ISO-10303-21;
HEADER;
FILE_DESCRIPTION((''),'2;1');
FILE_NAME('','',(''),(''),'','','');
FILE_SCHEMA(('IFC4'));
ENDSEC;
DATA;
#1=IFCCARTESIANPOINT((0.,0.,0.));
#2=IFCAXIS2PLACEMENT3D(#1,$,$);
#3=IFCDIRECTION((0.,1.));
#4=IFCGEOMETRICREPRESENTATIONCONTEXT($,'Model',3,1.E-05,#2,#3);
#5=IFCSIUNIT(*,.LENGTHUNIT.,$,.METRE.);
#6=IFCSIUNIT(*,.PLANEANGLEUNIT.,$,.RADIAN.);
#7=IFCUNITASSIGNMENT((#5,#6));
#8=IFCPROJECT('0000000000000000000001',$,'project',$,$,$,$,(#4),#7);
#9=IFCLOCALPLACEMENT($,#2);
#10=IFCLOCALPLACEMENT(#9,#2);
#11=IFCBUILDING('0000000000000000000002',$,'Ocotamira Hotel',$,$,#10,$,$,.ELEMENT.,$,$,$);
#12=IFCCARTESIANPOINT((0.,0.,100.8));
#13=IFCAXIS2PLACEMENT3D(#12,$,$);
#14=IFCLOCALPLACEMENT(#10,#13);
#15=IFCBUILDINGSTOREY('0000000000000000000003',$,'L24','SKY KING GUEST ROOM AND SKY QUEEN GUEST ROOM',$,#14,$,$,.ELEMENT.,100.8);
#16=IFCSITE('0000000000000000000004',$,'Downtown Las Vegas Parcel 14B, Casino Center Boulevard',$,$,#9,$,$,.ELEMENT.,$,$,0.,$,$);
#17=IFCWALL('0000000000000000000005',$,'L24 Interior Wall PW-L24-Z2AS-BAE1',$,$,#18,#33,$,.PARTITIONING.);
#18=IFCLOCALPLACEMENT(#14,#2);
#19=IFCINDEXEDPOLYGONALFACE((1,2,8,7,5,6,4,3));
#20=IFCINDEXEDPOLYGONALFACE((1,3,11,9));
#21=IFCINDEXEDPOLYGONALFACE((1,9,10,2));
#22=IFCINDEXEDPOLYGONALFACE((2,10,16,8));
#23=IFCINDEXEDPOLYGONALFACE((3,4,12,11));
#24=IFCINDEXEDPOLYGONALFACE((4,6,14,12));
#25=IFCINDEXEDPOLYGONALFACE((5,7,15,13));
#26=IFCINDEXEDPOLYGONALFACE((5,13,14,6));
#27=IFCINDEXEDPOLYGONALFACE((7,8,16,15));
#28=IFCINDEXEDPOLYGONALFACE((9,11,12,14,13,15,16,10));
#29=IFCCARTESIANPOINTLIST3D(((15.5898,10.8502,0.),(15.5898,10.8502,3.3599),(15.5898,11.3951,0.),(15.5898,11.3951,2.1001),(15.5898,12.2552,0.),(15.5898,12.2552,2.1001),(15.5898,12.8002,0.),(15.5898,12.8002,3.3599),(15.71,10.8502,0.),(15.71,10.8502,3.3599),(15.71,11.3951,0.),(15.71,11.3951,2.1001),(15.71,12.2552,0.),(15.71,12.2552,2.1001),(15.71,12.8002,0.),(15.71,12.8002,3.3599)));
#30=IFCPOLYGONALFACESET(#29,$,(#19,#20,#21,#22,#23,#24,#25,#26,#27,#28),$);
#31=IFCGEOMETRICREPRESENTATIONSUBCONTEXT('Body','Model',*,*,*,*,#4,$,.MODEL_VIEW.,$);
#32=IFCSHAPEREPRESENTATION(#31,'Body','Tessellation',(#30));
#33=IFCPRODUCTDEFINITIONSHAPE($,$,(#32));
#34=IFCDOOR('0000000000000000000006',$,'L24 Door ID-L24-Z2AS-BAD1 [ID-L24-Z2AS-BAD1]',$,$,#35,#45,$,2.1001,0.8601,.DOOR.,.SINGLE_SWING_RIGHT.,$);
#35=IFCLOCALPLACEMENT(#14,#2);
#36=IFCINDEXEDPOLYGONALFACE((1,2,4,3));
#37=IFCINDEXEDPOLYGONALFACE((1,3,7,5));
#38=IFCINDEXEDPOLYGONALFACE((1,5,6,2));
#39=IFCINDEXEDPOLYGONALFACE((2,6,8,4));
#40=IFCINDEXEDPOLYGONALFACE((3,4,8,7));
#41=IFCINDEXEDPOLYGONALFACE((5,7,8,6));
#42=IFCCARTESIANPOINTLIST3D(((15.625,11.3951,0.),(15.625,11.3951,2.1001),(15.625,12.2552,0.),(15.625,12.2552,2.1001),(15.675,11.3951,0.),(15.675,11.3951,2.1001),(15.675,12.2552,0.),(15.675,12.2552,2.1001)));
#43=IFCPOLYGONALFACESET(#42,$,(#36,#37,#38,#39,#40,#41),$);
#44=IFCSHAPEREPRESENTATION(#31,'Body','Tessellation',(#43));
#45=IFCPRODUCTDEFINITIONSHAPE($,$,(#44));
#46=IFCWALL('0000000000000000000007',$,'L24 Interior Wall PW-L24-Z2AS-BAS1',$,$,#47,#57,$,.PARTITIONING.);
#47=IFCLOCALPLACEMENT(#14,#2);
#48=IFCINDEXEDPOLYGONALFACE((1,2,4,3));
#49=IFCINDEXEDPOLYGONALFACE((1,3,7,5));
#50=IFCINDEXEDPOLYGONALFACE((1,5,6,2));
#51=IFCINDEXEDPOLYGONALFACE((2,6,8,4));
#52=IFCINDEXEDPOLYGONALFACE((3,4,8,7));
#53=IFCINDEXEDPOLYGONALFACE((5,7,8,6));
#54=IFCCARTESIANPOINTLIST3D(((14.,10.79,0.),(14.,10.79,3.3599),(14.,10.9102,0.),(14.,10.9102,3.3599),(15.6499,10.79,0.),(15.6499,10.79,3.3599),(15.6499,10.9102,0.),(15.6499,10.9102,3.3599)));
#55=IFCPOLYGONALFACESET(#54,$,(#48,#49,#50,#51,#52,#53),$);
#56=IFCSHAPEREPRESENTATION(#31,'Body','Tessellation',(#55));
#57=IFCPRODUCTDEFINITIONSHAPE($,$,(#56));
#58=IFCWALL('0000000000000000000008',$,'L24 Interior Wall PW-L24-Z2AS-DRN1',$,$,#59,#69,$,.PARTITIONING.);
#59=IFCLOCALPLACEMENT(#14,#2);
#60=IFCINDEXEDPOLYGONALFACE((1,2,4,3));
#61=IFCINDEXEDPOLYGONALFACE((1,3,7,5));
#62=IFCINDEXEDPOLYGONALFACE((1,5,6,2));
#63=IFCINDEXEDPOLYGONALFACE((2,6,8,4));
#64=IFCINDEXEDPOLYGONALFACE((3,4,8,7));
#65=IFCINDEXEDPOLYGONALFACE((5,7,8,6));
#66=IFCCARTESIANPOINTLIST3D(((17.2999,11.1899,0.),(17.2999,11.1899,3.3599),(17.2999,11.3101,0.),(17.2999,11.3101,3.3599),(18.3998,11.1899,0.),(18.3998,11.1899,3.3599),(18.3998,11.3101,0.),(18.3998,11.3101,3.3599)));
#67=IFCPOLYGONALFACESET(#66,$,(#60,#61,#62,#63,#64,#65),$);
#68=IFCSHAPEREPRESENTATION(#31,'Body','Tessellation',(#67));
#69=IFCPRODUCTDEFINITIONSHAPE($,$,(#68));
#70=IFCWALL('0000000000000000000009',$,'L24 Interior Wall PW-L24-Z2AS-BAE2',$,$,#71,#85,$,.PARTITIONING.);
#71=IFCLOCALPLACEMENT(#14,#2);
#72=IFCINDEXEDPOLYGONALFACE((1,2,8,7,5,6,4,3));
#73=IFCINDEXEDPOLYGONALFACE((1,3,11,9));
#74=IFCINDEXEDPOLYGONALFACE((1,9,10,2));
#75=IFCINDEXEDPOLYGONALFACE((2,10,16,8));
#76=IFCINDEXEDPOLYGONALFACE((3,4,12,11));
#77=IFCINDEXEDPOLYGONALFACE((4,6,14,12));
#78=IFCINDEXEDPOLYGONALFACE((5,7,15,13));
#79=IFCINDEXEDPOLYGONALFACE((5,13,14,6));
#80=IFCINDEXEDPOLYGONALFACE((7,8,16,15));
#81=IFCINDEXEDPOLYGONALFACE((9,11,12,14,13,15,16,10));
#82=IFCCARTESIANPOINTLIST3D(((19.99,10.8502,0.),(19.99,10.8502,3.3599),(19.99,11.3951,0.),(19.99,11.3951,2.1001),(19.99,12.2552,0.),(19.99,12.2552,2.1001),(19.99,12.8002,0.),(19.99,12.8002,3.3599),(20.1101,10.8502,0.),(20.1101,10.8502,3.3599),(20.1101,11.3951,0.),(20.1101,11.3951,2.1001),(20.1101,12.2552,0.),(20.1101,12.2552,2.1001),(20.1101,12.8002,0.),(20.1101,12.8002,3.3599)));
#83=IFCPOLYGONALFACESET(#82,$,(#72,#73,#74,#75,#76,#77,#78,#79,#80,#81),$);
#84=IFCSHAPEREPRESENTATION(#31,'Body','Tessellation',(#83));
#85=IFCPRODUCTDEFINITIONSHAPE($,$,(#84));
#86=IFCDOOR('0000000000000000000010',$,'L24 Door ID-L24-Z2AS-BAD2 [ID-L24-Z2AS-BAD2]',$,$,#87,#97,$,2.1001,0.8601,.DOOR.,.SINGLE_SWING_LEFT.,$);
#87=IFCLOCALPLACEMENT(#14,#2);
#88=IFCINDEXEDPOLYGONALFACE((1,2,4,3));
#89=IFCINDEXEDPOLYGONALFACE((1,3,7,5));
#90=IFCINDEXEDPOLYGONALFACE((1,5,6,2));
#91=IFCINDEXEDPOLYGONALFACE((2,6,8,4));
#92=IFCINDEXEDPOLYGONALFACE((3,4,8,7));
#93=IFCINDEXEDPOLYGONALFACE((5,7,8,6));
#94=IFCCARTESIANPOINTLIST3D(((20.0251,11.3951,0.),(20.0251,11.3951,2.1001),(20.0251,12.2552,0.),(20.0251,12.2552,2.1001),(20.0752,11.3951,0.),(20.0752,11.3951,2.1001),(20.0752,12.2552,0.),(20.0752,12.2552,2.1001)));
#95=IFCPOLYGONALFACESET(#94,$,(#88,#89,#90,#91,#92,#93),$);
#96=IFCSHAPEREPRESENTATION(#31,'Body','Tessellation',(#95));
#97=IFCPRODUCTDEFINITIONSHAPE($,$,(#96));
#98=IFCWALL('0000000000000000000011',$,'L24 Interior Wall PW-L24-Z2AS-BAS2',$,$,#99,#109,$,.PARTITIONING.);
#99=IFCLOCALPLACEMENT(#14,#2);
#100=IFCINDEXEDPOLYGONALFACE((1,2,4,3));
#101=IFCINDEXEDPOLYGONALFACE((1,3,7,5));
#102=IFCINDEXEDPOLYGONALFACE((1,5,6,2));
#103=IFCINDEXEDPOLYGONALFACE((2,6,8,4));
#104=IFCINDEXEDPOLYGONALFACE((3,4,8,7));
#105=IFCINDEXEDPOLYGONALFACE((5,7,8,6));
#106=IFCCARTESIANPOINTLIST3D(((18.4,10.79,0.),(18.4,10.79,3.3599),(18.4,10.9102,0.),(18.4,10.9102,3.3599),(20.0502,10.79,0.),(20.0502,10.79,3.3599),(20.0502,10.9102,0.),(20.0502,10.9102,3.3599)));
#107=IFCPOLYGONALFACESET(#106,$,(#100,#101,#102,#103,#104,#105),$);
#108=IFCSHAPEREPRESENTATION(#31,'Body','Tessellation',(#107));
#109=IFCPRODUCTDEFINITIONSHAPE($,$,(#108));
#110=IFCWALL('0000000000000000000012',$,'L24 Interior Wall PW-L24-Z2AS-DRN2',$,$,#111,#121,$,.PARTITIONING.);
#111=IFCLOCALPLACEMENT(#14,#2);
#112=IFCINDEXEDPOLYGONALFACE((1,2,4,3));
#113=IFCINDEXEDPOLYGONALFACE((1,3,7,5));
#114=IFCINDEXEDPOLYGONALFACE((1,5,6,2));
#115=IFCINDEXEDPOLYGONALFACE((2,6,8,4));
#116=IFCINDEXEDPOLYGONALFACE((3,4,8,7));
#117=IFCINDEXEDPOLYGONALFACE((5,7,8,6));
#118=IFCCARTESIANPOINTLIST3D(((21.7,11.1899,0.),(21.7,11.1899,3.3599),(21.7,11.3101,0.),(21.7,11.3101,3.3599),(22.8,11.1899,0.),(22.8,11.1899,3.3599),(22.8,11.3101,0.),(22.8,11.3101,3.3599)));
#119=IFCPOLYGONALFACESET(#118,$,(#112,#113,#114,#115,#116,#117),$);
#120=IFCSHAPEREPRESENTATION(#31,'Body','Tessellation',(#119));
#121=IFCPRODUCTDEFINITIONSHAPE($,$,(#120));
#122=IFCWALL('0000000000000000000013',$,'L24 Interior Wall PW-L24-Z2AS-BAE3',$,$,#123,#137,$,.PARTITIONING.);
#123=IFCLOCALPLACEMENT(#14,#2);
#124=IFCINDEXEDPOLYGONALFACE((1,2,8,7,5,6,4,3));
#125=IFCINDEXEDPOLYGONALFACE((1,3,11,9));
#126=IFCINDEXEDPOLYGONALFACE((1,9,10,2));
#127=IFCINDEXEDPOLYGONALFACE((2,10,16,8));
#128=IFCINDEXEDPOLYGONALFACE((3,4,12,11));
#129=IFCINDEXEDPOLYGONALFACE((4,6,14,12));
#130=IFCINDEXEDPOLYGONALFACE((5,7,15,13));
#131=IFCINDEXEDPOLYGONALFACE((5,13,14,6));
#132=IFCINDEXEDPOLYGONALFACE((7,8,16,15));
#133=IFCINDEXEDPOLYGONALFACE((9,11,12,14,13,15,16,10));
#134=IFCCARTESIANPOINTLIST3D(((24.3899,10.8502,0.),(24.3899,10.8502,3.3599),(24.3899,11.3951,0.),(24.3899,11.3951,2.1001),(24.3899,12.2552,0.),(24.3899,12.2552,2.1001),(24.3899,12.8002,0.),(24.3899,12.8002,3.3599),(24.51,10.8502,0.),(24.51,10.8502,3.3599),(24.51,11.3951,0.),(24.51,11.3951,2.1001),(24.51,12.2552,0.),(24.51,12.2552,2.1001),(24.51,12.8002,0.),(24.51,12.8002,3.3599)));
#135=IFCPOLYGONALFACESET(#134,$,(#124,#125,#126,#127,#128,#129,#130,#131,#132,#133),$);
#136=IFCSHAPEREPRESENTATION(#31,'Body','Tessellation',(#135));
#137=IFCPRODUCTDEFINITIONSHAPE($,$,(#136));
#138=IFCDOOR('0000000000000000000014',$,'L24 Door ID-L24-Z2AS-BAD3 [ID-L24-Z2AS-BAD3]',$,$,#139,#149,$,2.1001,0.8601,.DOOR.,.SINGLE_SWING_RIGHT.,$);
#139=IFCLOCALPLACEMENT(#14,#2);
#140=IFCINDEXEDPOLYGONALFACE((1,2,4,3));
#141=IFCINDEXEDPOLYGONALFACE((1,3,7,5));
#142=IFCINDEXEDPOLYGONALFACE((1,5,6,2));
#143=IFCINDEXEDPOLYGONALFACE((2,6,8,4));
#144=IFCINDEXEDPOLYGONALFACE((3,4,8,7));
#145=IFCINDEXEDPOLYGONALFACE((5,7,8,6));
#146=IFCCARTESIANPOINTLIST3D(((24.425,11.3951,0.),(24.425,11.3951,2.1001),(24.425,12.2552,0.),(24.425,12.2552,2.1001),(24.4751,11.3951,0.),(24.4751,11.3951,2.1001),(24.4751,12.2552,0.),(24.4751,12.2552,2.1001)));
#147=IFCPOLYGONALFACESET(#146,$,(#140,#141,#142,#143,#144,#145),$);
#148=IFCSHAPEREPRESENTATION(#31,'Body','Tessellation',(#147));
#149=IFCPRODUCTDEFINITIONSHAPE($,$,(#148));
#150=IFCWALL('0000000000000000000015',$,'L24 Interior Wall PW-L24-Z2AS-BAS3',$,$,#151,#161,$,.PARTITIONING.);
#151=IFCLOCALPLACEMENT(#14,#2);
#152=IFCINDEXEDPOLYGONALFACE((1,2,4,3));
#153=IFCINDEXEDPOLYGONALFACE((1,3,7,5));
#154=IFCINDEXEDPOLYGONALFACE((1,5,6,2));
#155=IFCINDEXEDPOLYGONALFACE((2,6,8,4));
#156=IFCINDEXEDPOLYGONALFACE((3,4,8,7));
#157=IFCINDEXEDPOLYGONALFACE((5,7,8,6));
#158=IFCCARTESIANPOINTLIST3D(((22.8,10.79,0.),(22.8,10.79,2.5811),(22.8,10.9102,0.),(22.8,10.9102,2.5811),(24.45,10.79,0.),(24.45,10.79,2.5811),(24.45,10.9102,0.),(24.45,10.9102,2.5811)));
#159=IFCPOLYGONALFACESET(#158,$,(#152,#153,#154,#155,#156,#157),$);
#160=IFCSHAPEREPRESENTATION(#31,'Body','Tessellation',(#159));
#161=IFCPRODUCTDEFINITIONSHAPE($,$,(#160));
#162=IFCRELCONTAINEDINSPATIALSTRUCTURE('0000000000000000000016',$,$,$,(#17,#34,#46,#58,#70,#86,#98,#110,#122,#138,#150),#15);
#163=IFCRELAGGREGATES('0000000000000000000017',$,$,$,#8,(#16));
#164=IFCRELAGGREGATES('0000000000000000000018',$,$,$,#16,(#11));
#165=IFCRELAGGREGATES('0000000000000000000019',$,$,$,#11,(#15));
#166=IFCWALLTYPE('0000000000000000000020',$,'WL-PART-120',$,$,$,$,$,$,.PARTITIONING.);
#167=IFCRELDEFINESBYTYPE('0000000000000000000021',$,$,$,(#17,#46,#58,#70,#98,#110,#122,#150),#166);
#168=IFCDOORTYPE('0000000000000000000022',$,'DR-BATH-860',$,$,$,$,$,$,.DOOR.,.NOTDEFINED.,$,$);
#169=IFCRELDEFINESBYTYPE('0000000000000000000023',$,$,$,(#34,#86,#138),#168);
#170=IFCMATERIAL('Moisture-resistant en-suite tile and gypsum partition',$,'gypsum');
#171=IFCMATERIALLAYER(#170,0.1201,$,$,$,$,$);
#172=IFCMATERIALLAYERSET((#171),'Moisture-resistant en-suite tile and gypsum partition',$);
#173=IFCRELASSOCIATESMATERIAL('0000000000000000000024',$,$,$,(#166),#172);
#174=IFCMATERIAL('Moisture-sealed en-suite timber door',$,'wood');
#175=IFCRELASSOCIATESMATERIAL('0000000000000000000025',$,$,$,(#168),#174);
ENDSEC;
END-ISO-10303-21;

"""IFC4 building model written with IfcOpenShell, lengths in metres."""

from ifc_helpers import new_model, si_unit, direction, frame, frame_2d, origin, place, context, subcontext, project, spatial, rectangle, extrude, source, transform, mapped, material, layer, layer_set, type_object, element, fill, save


model = new_model("IFC4")

# Units and contexts
model_context = context("Model", 3, precision=1e-05, world=origin(), true_north=direction((0.0, 1.0)))
body_context = subcontext(model_context, "Body", "Model", "MODEL_VIEW")
ifc_project = project(units=[si_unit("LENGTHUNIT", "METRE"), si_unit("PLANEANGLEUNIT", "RADIAN")], contexts=[model_context])

# Site, building, storey
site_placement = place(None, origin())
site = spatial("IfcSite", under=ifc_project, at=site_placement, Name="Downtown Las Vegas Parcel 14B, Casino Center Boulevard", CompositionType="ELEMENT", RefElevation=0.0)
building_placement = place(site_placement, origin())
building = spatial("IfcBuilding", under=site, at=building_placement, Name="Ocotamira Hotel", CompositionType="ELEMENT")
storey_placement = place(building_placement, frame((0.0, 0.0, 100.8)))
storey = spatial("IfcBuildingStorey", under=building, at=storey_placement, Name="L24", Description="SKY KING GUEST ROOM AND SKY QUEEN GUEST ROOM", CompositionType="ELEMENT", Elevation=100.8)

# Wall, opening, door
ifc_material_1 = material(Name="Moisture-resistant en-suite tile and gypsum partition", Category="gypsum")
ifc_layer_1 = layer(ifc_material_1, 0.1201)
ifc_layer_set_1 = layer_set([ifc_layer_1], Name="Moisture-resistant en-suite tile and gypsum partition")
wall_type_1 = type_object("IfcWallType", Name="WL-PART-120", PredefinedType="PARTITIONING", material=ifc_layer_set_1)
wall_1_placement = place(storey_placement, frame((15.6499, 10.8501, 0.0), z_axis=(0.0, 0.0, 1.0), x_axis=(0.0, 1.0, 0.0)))
wall_1 = element("IfcWall", 1, at=wall_1_placement, inside=storey, type_object=wall_type_1, Name="L24 Interior Wall PW-L24-Z2AS-BAE1", PredefinedType="PARTITIONING", context=body_context, shape_type="SweptSolid", body=[
    extrude(rectangle(XDim=1.95, YDim=0.1201, at=frame_2d((0.9751, 0.0))), origin(), (0.0, 0.0, 1.0), 3.3599),
])
opening_1_placement = place(wall_1_placement, frame((0.5449, 0.0, 0.0)))
opening_1 = element("IfcOpeningElement", 2, at=opening_1_placement, cuts=wall_1, PredefinedType="OPENING", context=body_context, shape_type="SweptSolid", body=[
    extrude(rectangle(XDim=0.8601, YDim=2.1001, at=frame_2d((0.4302, 1.05))), frame((0.0, 0.0701, 0.0), z_axis=(0.0, -1.0, 0.0), x_axis=(1.0, 0.0, 0.0)), (0.0, 0.0, 1.0), 0.1401),
])
ifc_material_2 = material(Name="Moisture-sealed en-suite timber door", Category="wood")
door_type_1 = type_object("IfcDoorType", Name="DR-BATH-860", OperationType="NOTDEFINED", PredefinedType="DOOR", material=ifc_material_2)
shared_shape_1 = source(origin(), body_context, "Body", "SweptSolid", [
    extrude(rectangle(XDim=0.8601, YDim=2.1001, at=frame_2d((0.4302, 1.05))), frame((0.0, 0.0249, 0.0), z_axis=(0.0, -1.0, 0.0), x_axis=(1.0, 0.0, 0.0)), (0.0, 0.0, 1.0), 0.05),
])
door_1_placement = place(opening_1_placement, origin())
door_1 = element("IfcDoor", 3, at=door_1_placement, inside=storey, type_object=door_type_1, Name="L24 Door ID-L24-Z2AS-BAD1 [ID-L24-Z2AS-BAD1]", OperationType="SINGLE_SWING_RIGHT", OverallHeight=2.1001, OverallWidth=0.8601, PredefinedType="DOOR", context=body_context, shape_type="MappedRepresentation", body=[
    mapped(shared_shape_1, transform((0.0, 0.0, 0.0), scale=1.0)),
])
fill(opening_1, door_1)

# Walls
wall_2_placement = place(storey_placement, frame((14.0, 10.8501, 0.0), z_axis=(0.0, 0.0, 1.0), x_axis=(1.0, 0.0, 0.0)))
element("IfcWall", 4, at=wall_2_placement, inside=storey, type_object=wall_type_1, Name="L24 Interior Wall PW-L24-Z2AS-BAS1", PredefinedType="PARTITIONING", context=body_context, shape_type="SweptSolid", body=[
    extrude(rectangle(XDim=1.6499, YDim=0.1201, at=frame_2d((0.825, 0.0))), origin(), (0.0, 0.0, 1.0), 3.3599),
])
wall_3_placement = place(storey_placement, frame((17.3, 11.25, 0.0), z_axis=(0.0, 0.0, 1.0), x_axis=(1.0, 0.0, 0.0)))
element("IfcWall", 5, at=wall_3_placement, inside=storey, type_object=wall_type_1, Name="L24 Interior Wall PW-L24-Z2AS-DRN1", PredefinedType="PARTITIONING", context=body_context, shape_type="SweptSolid", body=[
    extrude(rectangle(XDim=1.0999, YDim=0.1201, at=frame_2d((0.5498, 0.0))), origin(), (0.0, 0.0, 1.0), 3.3599),
])

# Wall, opening, door
wall_4_placement = place(storey_placement, frame((20.05, 10.8501, 0.0), z_axis=(0.0, 0.0, 1.0), x_axis=(0.0, 1.0, 0.0)))
wall_4 = element("IfcWall", 6, at=wall_4_placement, inside=storey, type_object=wall_type_1, Name="L24 Interior Wall PW-L24-Z2AS-BAE2", PredefinedType="PARTITIONING", context=body_context, shape_type="SweptSolid", body=[
    extrude(rectangle(XDim=1.95, YDim=0.1201, at=frame_2d((0.9751, 0.0))), origin(), (0.0, 0.0, 1.0), 3.3599),
])
opening_2_placement = place(wall_4_placement, frame((0.5449, 0.0, 0.0)))
opening_2 = element("IfcOpeningElement", 7, at=opening_2_placement, cuts=wall_4, PredefinedType="OPENING", context=body_context, shape_type="SweptSolid", body=[
    extrude(rectangle(XDim=0.8601, YDim=2.1001, at=frame_2d((0.4302, 1.05))), frame((0.0, 0.0701, 0.0), z_axis=(0.0, -1.0, 0.0), x_axis=(1.0, 0.0, 0.0)), (0.0, 0.0, 1.0), 0.1401),
])
door_2_placement = place(opening_2_placement, origin())
door_2 = element("IfcDoor", 8, at=door_2_placement, inside=storey, type_object=door_type_1, Name="L24 Door ID-L24-Z2AS-BAD2 [ID-L24-Z2AS-BAD2]", OperationType="SINGLE_SWING_LEFT", OverallHeight=2.1001, OverallWidth=0.8601, PredefinedType="DOOR", context=body_context, shape_type="MappedRepresentation", body=[
    mapped(shared_shape_1, transform((0.0, 0.0, 0.0), scale=1.0)),
])
fill(opening_2, door_2)

# Walls
wall_5_placement = place(storey_placement, frame((18.3999, 10.8501, 0.0), z_axis=(0.0, 0.0, 1.0), x_axis=(1.0, 0.0, 0.0)))
element("IfcWall", 9, at=wall_5_placement, inside=storey, type_object=wall_type_1, Name="L24 Interior Wall PW-L24-Z2AS-BAS2", PredefinedType="PARTITIONING", context=body_context, shape_type="SweptSolid", body=[
    extrude(rectangle(XDim=1.6501, YDim=0.1201, at=frame_2d((0.8252, 0.0))), origin(), (0.0, 0.0, 1.0), 3.3599),
])
wall_6_placement = place(storey_placement, frame((21.7, 11.25, 0.0), z_axis=(0.0, 0.0, 1.0), x_axis=(1.0, 0.0, 0.0)))
element("IfcWall", 10, at=wall_6_placement, inside=storey, type_object=wall_type_1, Name="L24 Interior Wall PW-L24-Z2AS-DRN2", PredefinedType="PARTITIONING", context=body_context, shape_type="SweptSolid", body=[
    extrude(rectangle(XDim=1.1001, YDim=0.1201, at=frame_2d((0.55, 0.0))), origin(), (0.0, 0.0, 1.0), 3.3599),
])

# Wall, opening, door
wall_7_placement = place(storey_placement, frame((24.45, 10.8501, 0.0), z_axis=(0.0, 0.0, 1.0), x_axis=(0.0, 1.0, 0.0)))
wall_7 = element("IfcWall", 11, at=wall_7_placement, inside=storey, type_object=wall_type_1, Name="L24 Interior Wall PW-L24-Z2AS-BAE3", PredefinedType="PARTITIONING", context=body_context, shape_type="SweptSolid", body=[
    extrude(rectangle(XDim=1.95, YDim=0.1201, at=frame_2d((0.9751, 0.0))), origin(), (0.0, 0.0, 1.0), 3.3599),
])
opening_3_placement = place(wall_7_placement, frame((0.5449, 0.0, 0.0)))
opening_3 = element("IfcOpeningElement", 12, at=opening_3_placement, cuts=wall_7, PredefinedType="OPENING", context=body_context, shape_type="SweptSolid", body=[
    extrude(rectangle(XDim=0.8601, YDim=2.1001, at=frame_2d((0.4302, 1.05))), frame((0.0, 0.0701, 0.0), z_axis=(0.0, -1.0, 0.0), x_axis=(1.0, 0.0, 0.0)), (0.0, 0.0, 1.0), 0.1401),
])
door_3_placement = place(opening_3_placement, origin())
door_3 = element("IfcDoor", 13, at=door_3_placement, inside=storey, type_object=door_type_1, Name="L24 Door ID-L24-Z2AS-BAD3 [ID-L24-Z2AS-BAD3]", OperationType="SINGLE_SWING_RIGHT", OverallHeight=2.1001, OverallWidth=0.8601, PredefinedType="DOOR", context=body_context, shape_type="MappedRepresentation", body=[
    mapped(shared_shape_1, transform((0.0, 0.0, 0.0), scale=1.0)),
])
fill(opening_3, door_3)

# Wall
wall_8_placement = place(storey_placement, frame((22.8, 10.8501, 0.0), z_axis=(0.0, 0.0, 1.0), x_axis=(1.0, 0.0, 0.0)))
element("IfcWall", 14, at=wall_8_placement, inside=storey, type_object=wall_type_1, Name="L24 Interior Wall PW-L24-Z2AS-BAS3", PredefinedType="PARTITIONING", context=body_context, shape_type="SweptSolid", body=[
    extrude(rectangle(XDim=1.6499, YDim=0.1201, at=frame_2d((0.825, 0.0))), origin(), (0.0, 0.0, 1.0), 2.5811),
])

save(model, "model.ifc")
